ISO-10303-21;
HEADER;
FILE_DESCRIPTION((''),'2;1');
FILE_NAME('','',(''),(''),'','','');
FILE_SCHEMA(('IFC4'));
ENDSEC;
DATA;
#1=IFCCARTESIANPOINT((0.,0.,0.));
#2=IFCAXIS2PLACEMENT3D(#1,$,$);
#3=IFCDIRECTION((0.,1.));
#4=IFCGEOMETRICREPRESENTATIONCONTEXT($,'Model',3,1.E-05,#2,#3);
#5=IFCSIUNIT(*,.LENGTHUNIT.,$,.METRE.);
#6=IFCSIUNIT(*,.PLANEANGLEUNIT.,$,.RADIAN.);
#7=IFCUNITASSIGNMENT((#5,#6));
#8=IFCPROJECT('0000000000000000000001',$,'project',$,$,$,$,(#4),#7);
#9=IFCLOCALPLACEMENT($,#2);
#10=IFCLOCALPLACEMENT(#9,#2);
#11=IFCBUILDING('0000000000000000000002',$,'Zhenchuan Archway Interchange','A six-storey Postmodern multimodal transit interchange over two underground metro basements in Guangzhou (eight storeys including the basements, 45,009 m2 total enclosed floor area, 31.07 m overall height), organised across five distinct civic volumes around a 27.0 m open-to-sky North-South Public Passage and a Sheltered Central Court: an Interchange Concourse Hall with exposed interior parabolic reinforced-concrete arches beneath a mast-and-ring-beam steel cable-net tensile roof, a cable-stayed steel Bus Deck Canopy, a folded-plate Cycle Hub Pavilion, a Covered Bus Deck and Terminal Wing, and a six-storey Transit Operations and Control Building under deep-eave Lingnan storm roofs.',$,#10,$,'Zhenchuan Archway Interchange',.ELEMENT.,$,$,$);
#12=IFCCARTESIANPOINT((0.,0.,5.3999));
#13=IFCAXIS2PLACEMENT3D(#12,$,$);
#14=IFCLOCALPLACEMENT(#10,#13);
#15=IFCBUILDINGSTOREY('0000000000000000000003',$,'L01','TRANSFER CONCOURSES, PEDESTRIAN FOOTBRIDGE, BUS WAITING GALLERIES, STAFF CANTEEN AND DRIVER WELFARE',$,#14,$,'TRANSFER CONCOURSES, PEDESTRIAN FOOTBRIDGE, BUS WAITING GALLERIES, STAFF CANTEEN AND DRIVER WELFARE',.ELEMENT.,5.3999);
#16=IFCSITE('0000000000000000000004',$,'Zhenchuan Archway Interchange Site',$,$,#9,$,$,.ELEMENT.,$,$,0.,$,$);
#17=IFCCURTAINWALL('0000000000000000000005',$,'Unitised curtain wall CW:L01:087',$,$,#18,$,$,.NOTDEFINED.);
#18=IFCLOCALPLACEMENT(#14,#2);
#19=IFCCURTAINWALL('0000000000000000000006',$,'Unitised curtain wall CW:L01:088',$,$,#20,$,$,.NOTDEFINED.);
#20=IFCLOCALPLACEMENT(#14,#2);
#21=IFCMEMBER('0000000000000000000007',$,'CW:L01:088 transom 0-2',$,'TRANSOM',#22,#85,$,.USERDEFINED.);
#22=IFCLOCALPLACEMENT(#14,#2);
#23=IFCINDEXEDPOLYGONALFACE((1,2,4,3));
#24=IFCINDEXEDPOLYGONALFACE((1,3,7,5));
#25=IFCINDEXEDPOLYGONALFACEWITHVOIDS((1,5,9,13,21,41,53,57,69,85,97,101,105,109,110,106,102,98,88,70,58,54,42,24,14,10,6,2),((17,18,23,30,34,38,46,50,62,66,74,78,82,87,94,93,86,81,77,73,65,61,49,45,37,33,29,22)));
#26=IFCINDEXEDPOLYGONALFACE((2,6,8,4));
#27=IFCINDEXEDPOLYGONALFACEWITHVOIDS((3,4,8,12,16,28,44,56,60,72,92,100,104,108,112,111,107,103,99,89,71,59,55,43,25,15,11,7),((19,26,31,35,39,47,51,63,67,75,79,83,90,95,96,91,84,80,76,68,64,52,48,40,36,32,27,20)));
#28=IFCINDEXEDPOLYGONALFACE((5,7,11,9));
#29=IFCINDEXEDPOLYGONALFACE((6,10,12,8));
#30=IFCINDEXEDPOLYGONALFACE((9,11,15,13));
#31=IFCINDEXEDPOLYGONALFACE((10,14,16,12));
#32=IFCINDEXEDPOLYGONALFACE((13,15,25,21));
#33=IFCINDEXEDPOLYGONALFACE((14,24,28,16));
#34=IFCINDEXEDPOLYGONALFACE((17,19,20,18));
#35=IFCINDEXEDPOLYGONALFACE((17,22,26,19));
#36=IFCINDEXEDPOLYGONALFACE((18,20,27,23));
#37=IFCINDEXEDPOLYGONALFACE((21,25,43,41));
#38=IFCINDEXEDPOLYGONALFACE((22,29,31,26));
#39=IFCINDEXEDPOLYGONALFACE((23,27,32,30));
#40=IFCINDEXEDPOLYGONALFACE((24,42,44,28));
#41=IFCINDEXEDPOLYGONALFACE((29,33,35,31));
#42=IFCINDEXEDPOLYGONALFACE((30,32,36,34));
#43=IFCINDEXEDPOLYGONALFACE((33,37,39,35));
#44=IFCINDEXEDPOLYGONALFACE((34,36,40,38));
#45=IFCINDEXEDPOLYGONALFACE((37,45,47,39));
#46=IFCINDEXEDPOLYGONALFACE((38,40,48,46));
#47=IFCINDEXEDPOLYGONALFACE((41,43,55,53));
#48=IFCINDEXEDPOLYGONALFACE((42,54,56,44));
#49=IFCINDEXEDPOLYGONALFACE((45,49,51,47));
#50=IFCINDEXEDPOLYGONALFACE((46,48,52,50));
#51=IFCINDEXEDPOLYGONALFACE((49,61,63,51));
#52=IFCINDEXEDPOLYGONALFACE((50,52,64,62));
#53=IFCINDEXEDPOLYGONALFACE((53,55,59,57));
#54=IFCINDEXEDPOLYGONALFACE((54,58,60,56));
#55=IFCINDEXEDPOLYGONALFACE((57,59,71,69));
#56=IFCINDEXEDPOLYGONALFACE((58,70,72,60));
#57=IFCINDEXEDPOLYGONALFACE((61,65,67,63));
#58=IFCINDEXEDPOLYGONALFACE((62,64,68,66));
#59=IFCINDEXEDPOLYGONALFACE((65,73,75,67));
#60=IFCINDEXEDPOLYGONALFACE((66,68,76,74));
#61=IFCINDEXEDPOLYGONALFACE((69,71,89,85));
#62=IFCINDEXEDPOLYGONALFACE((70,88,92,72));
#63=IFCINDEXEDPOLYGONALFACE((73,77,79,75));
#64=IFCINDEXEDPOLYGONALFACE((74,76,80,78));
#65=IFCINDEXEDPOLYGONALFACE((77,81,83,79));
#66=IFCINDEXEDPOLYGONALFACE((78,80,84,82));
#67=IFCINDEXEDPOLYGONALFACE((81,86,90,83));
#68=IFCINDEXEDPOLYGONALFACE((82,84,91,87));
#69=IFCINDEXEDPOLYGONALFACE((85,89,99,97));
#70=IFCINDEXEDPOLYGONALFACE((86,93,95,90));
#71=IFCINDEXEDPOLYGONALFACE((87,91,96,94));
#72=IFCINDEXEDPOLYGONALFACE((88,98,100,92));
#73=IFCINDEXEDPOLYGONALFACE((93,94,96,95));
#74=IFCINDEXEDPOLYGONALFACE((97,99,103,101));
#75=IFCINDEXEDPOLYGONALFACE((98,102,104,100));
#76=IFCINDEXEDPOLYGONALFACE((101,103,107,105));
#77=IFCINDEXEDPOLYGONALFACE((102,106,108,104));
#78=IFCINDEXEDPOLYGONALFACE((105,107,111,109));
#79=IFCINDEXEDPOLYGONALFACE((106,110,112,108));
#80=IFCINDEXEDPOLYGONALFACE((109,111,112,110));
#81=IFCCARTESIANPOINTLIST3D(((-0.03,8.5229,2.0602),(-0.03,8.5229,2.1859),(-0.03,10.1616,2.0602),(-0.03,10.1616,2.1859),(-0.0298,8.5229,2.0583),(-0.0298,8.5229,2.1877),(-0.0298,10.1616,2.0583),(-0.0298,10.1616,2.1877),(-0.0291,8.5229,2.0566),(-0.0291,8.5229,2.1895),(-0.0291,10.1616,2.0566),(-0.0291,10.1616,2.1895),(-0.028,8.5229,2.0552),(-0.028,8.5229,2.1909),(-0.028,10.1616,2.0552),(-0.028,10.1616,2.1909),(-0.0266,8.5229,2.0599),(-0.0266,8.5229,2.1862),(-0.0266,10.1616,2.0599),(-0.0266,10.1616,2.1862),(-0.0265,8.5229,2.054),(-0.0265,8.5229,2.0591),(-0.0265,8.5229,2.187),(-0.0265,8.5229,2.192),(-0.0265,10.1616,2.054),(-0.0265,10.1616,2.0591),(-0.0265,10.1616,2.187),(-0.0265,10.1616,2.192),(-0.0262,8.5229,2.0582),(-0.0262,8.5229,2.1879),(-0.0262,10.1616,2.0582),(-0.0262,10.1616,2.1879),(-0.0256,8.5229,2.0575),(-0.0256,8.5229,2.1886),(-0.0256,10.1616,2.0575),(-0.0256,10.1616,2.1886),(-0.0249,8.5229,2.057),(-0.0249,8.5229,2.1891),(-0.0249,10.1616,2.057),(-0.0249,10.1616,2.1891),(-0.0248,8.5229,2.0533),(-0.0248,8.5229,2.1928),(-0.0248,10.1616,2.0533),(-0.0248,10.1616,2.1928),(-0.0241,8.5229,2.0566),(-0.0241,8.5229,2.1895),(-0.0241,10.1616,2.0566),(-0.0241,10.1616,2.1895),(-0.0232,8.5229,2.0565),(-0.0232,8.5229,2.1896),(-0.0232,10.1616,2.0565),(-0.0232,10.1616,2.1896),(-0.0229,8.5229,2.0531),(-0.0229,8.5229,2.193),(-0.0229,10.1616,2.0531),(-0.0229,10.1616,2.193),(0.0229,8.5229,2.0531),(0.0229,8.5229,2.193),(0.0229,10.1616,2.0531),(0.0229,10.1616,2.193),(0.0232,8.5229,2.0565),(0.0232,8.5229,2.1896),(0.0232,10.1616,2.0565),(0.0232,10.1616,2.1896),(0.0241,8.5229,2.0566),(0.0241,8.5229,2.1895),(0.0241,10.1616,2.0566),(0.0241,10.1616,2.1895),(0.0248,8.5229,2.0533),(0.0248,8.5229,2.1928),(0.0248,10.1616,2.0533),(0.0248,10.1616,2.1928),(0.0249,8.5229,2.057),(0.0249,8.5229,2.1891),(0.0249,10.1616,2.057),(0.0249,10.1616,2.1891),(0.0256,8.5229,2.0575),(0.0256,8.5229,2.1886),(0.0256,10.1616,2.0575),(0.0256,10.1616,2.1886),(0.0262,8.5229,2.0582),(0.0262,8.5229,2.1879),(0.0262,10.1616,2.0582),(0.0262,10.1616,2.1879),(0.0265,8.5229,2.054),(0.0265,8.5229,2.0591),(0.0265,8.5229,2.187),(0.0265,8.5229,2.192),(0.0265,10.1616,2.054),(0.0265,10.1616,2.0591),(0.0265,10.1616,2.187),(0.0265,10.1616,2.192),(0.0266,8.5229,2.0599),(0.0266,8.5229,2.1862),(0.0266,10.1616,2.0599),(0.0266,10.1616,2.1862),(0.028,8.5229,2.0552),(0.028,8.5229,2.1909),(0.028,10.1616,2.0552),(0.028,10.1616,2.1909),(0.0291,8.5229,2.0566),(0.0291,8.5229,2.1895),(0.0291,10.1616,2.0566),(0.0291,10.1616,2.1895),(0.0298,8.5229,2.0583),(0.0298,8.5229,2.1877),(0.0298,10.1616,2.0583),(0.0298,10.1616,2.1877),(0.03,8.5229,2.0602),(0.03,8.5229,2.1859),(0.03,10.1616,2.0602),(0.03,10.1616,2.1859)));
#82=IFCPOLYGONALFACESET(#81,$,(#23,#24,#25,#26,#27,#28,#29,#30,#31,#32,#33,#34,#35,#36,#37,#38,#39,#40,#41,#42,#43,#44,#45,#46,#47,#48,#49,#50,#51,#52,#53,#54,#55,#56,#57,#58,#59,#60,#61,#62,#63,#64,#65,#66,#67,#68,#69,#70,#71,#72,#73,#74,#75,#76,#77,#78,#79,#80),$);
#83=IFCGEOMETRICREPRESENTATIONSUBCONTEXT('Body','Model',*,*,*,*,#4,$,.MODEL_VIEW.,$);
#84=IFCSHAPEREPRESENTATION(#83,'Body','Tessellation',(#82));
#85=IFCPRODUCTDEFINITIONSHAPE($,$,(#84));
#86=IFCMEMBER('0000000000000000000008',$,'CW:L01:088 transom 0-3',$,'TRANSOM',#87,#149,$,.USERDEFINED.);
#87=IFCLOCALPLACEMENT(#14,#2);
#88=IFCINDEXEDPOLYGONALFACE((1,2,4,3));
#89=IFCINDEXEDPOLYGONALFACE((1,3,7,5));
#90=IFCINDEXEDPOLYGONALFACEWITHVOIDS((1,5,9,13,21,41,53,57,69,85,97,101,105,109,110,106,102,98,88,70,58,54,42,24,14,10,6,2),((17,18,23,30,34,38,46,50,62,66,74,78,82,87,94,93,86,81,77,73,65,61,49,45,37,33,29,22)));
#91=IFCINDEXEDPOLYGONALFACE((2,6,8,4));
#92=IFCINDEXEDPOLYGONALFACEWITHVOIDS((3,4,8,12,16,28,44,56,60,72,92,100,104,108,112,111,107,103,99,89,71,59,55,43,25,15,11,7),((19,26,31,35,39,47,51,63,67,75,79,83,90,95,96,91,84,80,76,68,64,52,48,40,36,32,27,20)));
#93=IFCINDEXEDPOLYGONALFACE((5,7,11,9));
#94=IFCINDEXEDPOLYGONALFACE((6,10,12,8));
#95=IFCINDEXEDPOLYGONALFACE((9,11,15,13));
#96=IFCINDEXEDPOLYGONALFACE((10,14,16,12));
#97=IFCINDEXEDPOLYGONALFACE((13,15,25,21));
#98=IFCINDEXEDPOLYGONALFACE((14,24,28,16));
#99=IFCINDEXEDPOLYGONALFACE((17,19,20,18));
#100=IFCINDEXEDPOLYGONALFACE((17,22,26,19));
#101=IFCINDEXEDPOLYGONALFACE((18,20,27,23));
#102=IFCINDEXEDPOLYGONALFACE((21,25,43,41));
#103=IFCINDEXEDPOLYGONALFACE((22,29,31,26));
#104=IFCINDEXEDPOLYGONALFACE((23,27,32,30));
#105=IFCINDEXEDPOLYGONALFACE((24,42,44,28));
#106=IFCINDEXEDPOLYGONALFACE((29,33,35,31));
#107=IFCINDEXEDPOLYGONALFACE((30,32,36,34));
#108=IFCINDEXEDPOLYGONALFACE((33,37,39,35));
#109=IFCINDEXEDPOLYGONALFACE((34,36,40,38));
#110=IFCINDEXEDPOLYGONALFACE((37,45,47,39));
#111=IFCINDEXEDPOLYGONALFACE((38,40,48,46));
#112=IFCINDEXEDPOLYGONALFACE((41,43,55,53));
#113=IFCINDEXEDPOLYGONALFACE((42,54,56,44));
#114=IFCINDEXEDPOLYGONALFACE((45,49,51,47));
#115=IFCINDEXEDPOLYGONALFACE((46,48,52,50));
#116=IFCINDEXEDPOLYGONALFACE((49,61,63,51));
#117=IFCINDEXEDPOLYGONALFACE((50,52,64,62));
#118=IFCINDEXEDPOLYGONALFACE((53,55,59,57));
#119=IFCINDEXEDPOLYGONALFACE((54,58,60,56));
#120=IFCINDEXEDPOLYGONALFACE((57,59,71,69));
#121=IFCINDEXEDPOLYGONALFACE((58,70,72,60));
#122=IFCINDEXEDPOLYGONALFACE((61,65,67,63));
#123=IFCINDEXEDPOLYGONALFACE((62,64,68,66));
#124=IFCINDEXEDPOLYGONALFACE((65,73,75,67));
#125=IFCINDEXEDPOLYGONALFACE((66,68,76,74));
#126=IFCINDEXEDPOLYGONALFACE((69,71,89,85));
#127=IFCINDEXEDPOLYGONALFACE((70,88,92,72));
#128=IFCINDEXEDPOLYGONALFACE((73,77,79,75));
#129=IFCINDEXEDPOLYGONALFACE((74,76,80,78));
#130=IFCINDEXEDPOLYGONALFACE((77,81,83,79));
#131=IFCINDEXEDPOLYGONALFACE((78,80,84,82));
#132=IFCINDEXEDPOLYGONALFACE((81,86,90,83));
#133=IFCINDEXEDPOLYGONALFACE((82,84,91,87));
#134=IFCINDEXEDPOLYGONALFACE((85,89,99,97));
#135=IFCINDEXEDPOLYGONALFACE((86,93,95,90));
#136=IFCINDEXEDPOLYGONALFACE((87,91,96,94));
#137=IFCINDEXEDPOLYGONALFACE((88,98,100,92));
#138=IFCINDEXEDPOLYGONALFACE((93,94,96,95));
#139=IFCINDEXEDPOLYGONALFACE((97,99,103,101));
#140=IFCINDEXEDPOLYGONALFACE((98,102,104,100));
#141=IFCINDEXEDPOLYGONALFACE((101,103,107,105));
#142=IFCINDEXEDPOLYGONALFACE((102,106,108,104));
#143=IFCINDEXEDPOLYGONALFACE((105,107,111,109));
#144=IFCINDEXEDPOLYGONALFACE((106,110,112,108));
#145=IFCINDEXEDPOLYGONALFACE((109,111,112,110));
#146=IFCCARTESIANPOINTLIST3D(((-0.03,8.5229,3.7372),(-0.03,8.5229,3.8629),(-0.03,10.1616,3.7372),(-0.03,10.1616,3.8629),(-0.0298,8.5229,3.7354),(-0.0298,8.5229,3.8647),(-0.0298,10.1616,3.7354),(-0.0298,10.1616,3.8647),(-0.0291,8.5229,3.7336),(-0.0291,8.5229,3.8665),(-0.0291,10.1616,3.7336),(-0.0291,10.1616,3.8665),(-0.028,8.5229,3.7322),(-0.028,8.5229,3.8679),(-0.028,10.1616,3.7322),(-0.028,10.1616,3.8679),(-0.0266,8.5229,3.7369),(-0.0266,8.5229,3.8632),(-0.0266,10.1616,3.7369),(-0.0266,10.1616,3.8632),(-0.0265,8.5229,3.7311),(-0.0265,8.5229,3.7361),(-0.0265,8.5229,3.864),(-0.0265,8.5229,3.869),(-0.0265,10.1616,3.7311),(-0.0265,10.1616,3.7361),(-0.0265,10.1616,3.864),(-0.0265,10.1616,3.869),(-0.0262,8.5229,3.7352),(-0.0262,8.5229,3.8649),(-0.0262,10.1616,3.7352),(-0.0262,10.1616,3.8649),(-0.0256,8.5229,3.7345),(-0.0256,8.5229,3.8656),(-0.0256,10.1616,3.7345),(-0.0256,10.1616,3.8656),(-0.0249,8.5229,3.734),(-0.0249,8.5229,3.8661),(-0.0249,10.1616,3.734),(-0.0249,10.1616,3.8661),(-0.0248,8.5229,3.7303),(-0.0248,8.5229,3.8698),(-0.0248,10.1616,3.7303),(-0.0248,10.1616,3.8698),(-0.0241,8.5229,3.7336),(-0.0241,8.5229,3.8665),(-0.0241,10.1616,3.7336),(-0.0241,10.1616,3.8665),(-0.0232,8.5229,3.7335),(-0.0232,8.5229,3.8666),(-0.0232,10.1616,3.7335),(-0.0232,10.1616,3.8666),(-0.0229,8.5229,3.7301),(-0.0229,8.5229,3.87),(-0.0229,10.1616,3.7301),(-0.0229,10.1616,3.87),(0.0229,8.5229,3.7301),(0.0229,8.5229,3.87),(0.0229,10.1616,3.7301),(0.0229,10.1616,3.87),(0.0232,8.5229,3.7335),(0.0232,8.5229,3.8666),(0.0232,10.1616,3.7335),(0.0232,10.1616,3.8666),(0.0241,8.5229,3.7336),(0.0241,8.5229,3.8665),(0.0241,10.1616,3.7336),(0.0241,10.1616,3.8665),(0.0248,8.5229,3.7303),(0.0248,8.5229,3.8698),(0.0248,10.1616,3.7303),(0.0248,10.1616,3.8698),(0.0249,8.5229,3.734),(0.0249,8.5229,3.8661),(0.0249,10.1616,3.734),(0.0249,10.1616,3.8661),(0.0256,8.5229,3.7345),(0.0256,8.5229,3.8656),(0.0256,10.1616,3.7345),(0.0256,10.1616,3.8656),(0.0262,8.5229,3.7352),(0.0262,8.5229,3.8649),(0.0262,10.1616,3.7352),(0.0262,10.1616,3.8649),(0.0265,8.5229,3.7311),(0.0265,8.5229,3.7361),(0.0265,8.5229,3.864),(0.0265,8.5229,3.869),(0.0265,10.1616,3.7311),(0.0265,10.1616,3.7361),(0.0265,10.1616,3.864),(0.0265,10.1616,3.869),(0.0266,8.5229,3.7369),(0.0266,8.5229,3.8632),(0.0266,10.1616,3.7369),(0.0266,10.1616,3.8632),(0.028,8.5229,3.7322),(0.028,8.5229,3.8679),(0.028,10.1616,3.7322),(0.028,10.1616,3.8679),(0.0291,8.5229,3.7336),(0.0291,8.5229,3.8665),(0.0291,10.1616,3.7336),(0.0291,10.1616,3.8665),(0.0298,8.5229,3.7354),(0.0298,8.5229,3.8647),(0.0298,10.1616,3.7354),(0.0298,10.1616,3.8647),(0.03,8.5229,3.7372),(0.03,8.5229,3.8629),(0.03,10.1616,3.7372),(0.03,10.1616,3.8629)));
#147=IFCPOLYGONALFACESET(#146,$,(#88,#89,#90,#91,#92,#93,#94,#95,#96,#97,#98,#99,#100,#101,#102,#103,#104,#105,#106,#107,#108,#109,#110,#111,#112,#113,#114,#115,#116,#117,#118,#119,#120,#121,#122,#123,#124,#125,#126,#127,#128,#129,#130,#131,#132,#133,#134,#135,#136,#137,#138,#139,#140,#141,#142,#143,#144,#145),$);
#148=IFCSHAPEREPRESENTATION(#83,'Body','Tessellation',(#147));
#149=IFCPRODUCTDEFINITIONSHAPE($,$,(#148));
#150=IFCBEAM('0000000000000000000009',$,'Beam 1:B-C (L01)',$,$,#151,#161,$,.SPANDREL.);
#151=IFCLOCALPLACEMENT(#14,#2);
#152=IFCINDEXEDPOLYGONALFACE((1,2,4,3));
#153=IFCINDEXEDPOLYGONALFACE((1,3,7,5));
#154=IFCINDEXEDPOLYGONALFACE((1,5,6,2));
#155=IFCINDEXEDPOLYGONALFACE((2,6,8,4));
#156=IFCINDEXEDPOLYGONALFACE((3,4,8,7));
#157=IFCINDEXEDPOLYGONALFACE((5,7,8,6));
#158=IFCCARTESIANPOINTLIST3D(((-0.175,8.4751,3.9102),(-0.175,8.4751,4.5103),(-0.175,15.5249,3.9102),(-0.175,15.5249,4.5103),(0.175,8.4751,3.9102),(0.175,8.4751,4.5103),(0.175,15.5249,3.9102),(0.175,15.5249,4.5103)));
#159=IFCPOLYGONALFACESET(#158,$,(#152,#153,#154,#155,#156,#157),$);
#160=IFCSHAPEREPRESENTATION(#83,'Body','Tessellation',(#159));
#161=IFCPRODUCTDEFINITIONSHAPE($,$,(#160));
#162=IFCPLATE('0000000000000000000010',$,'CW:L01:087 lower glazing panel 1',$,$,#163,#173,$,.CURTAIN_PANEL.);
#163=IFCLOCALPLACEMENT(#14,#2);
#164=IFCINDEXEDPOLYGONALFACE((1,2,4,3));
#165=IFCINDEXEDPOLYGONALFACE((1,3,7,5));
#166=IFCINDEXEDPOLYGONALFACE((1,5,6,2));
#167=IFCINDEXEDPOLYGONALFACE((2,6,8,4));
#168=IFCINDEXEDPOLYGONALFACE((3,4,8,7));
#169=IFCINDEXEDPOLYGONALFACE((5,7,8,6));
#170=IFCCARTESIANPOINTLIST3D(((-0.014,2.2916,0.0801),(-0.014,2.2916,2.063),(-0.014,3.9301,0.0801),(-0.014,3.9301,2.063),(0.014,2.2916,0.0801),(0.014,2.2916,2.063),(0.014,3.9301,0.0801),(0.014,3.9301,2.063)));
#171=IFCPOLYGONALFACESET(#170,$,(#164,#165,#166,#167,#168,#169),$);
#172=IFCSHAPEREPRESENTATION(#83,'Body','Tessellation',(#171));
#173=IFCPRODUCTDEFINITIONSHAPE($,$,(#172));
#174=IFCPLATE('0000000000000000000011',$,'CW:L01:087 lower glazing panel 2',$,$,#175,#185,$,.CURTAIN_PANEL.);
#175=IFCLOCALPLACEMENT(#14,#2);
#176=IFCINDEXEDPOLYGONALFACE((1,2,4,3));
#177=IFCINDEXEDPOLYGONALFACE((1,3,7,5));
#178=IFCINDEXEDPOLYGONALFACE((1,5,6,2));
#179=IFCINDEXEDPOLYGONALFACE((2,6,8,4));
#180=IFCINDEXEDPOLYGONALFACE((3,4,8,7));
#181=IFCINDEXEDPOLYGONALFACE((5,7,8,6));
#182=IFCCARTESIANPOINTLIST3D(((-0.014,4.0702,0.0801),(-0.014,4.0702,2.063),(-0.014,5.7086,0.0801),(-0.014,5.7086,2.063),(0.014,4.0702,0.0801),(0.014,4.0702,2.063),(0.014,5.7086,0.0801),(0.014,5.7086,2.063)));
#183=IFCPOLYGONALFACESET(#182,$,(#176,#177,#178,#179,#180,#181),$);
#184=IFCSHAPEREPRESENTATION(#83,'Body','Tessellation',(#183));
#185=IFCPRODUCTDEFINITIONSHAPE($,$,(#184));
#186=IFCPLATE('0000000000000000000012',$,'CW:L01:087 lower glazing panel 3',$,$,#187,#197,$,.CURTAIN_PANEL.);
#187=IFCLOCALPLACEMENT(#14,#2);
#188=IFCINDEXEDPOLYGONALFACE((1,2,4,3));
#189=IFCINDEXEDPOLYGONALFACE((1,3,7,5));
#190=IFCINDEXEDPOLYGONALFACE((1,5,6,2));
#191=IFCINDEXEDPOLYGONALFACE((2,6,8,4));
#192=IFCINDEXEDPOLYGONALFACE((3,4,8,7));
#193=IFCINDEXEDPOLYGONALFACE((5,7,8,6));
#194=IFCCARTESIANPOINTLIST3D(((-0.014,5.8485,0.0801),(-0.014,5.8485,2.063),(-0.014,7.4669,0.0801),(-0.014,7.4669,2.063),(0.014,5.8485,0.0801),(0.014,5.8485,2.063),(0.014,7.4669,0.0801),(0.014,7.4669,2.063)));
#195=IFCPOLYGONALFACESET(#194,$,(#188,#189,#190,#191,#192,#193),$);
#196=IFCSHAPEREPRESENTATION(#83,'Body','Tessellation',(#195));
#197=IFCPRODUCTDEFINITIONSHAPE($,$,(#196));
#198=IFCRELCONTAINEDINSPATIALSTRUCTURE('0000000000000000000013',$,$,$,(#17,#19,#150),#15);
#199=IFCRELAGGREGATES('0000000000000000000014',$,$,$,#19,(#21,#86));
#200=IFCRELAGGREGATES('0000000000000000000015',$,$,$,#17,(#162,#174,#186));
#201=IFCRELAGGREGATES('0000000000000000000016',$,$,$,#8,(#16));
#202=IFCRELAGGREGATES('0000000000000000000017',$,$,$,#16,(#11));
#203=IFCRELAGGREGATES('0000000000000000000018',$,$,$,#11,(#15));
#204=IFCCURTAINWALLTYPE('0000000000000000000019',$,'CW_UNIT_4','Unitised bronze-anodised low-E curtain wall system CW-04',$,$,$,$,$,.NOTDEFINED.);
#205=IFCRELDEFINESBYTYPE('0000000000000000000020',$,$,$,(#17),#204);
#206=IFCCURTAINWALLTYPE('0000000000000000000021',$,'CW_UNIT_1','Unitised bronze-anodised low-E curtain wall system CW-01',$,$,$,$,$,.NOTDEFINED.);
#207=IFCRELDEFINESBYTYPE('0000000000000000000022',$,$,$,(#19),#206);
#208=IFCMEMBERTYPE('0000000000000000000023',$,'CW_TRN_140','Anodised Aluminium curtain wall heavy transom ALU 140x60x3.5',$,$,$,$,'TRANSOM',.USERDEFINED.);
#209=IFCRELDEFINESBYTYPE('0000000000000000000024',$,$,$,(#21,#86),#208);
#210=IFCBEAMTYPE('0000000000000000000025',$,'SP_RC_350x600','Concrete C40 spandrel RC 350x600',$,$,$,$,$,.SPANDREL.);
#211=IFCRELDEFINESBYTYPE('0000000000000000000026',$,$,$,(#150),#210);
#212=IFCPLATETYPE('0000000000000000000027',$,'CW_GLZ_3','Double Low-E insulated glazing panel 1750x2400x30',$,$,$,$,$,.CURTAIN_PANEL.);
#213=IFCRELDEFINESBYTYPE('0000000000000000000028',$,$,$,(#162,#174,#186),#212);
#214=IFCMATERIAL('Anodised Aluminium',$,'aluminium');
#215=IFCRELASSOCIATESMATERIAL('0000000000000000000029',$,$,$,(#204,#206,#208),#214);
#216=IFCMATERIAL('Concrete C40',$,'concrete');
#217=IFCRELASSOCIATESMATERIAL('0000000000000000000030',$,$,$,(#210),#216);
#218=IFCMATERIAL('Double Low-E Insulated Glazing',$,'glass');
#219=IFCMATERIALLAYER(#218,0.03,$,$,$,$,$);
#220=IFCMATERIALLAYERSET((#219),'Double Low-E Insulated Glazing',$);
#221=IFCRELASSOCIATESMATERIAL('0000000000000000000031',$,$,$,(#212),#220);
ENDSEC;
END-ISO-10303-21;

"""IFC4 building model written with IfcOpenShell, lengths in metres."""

from ifc_helpers import new_model, si_unit, direction, frame, origin, origin_2d, place, context, subcontext, project, spatial, rectangle, hollow_rectangle, extrude, material, layer, layer_set, material_profile, profile_set, type_object, element, aggregate, save


model = new_model("IFC4")

# Units and contexts
model_context = context("Model", 3, precision=1e-05, world=origin(), true_north=direction((0.0, 1.0)))
body_context = subcontext(model_context, "Body", "Model", "MODEL_VIEW")
ifc_project = project(units=[si_unit("LENGTHUNIT", "METRE"), si_unit("PLANEANGLEUNIT", "RADIAN")], contexts=[model_context])

# Site, building, storey
site_placement = place(None, origin())
site = spatial("IfcSite", under=ifc_project, at=site_placement, Name="Zhenchuan Archway Interchange Site", CompositionType="ELEMENT", RefElevation=0.0)
building_placement = place(site_placement, origin())
building = spatial("IfcBuilding", under=site, at=building_placement, Name="Zhenchuan Archway Interchange", Description="A six-storey Postmodern multimodal transit interchange over two underground metro basements in Guangzhou (eight storeys including the basements, 45,009 m2 total enclosed floor area, 31.07 m overall height), organised across five distinct civic volumes around a 27.0 m open-to-sky North-South Public Passage and a Sheltered Central Court: an Interchange Concourse Hall with exposed interior parabolic reinforced-concrete arches beneath a mast-and-ring-beam steel cable-net tensile roof, a cable-stayed steel Bus Deck Canopy, a folded-plate Cycle Hub Pavilion, a Covered Bus Deck and Terminal Wing, and a six-storey Transit Operations and Control Building under deep-eave Lingnan storm roofs.", LongName="Zhenchuan Archway Interchange", CompositionType="ELEMENT")
storey_placement = place(building_placement, frame((0.0, 0.0, 5.3999)))
storey = spatial("IfcBuildingStorey", under=building, at=storey_placement, Name="L01", Description="TRANSFER CONCOURSES, PEDESTRIAN FOOTBRIDGE, BUS WAITING GALLERIES, STAFF CANTEEN AND DRIVER WELFARE", LongName="TRANSFER CONCOURSES, PEDESTRIAN FOOTBRIDGE, BUS WAITING GALLERIES, STAFF CANTEEN AND DRIVER WELFARE", CompositionType="ELEMENT", Elevation=5.3999)

# Shared definitions
ifc_material_1 = material(Name="Concrete C40", Category="concrete")

# Curtain wall
ifc_material_2 = material(Name="Anodised Aluminium", Category="aluminium")
curtain_wall_type_1 = type_object("IfcCurtainWallType", Name="CW_UNIT_4", Description="Unitised bronze-anodised low-E curtain wall system CW-04", PredefinedType="NOTDEFINED", material=ifc_material_2)
curtain_wall_1_placement = place(storey_placement, origin())
curtain_wall_1 = element("IfcCurtainWall", 1, at=curtain_wall_1_placement, inside=storey, type_object=curtain_wall_type_1, Name="Unitised curtain wall CW:L01:087", PredefinedType="NOTDEFINED")

# Curtain wall
curtain_wall_type_2 = type_object("IfcCurtainWallType", Name="CW_UNIT_1", Description="Unitised bronze-anodised low-E curtain wall system CW-01", PredefinedType="NOTDEFINED", material=ifc_material_2)
curtain_wall_2_placement = place(storey_placement, origin())
curtain_wall_2 = element("IfcCurtainWall", 2, at=curtain_wall_2_placement, inside=storey, type_object=curtain_wall_type_2, Name="Unitised curtain wall CW:L01:088", PredefinedType="NOTDEFINED")

# Members
ifc_material_profile_1 = material_profile(ifc_material_2, hollow_rectangle(XDim=0.0601, YDim=0.1399, WallThickness=0.0034, InnerFilletRadius=0.0034, OuterFilletRadius=0.0071, at=origin_2d()), Name="ALU 140x60x3.5")
ifc_profile_set_1 = profile_set([ifc_material_profile_1], Name="Anodised Aluminium")
member_type_1 = type_object("IfcMemberType", Name="CW_TRN_140", Description="Anodised Aluminium curtain wall heavy transom ALU 140x60x3.5", ElementType="TRANSOM", PredefinedType="USERDEFINED", material=ifc_profile_set_1)
member_1_placement = place(storey_placement, frame((0.0, 8.5229, 2.123), z_axis=(0.0, 1.0, 0.0), x_axis=(-1.0, 0.0, 0.0)))
member_1 = element("IfcMember", 3, at=member_1_placement, type_object=member_type_1, Name="CW:L01:088 transom 0-2", ObjectType="TRANSOM", PredefinedType="USERDEFINED", context=body_context, shape_type="SweptSolid", body=[
    extrude(hollow_rectangle(XDim=0.0601, YDim=0.1399, WallThickness=0.0034, InnerFilletRadius=0.0034, OuterFilletRadius=0.0071, at=origin_2d()), origin(), (0.0, 0.0, 1.0), 1.6387),
])
member_2_placement = place(storey_placement, frame((0.0, 8.5229, 3.8), z_axis=(0.0, 1.0, 0.0), x_axis=(-1.0, 0.0, 0.0)))
member_2 = element("IfcMember", 4, at=member_2_placement, type_object=member_type_1, Name="CW:L01:088 transom 0-3", ObjectType="TRANSOM", PredefinedType="USERDEFINED", context=body_context, shape_type="SweptSolid", body=[
    extrude(hollow_rectangle(XDim=0.0601, YDim=0.1399, WallThickness=0.0034, InnerFilletRadius=0.0034, OuterFilletRadius=0.0071, at=origin_2d()), origin(), (0.0, 0.0, 1.0), 1.6387),
])
aggregate(curtain_wall_2, [member_1, member_2])

# Beam
ifc_material_profile_2 = material_profile(ifc_material_1, rectangle(XDim=0.3501, YDim=0.6001, at=origin_2d()), Name="RC 350x600")
ifc_profile_set_2 = profile_set([ifc_material_profile_2], Name="Concrete C40")
beam_type_1 = type_object("IfcBeamType", Name="SP_RC_350x600", Description="Concrete C40 spandrel RC 350x600", PredefinedType="SPANDREL", material=ifc_profile_set_2)
beam_1_placement = place(storey_placement, frame((0.0, 8.4751, 4.2102), z_axis=(0.0, 1.0, 0.0), x_axis=(-1.0, 0.0, 0.0)))
element("IfcBeam", 5, at=beam_1_placement, inside=storey, type_object=beam_type_1, Name="Beam 1:B-C (L01)", PredefinedType="SPANDREL", context=body_context, shape_type="SweptSolid", body=[
    extrude(rectangle(XDim=0.3501, YDim=0.6001, at=origin_2d()), origin(), (0.0, 0.0, 1.0), 7.0498),
])

# Plates
ifc_material_3 = material(Name="Double Low-E Insulated Glazing", Category="glass")
ifc_layer_1 = layer(ifc_material_3, 0.03)
ifc_layer_set_1 = layer_set([ifc_layer_1], Name="Double Low-E Insulated Glazing")
plate_type_1 = type_object("IfcPlateType", Name="CW_GLZ_3", Description="Double Low-E insulated glazing panel 1750x2400x30", PredefinedType="CURTAIN_PANEL", material=ifc_layer_set_1)
plate_1_placement = place(storey_placement, frame((0.0, 3.1108, 0.0801), z_axis=(0.0, 0.0, 1.0), x_axis=(0.0, 1.0, 0.0)))
plate_1 = element("IfcPlate", 6, at=plate_1_placement, type_object=plate_type_1, Name="CW:L01:087 lower glazing panel 1", PredefinedType="CURTAIN_PANEL", context=body_context, shape_type="SweptSolid", body=[
    extrude(rectangle(XDim=1.6384, YDim=0.0281, at=origin_2d()), origin(), (0.0, 0.0, 1.0), 1.9829),
])
plate_2_placement = place(storey_placement, frame((0.0, 4.8894, 0.0801), z_axis=(0.0, 0.0, 1.0), x_axis=(0.0, 1.0, 0.0)))
plate_2 = element("IfcPlate", 7, at=plate_2_placement, type_object=plate_type_1, Name="CW:L01:087 lower glazing panel 2", PredefinedType="CURTAIN_PANEL", context=body_context, shape_type="SweptSolid", body=[
    extrude(rectangle(XDim=1.6384, YDim=0.0281, at=origin_2d()), origin(), (0.0, 0.0, 1.0), 1.9829),
])
plate_3_placement = place(storey_placement, frame((0.0, 6.6577, 0.0801), z_axis=(0.0, 0.0, 1.0), x_axis=(0.0, 1.0, 0.0)))
plate_3 = element("IfcPlate", 8, at=plate_3_placement, type_object=plate_type_1, Name="CW:L01:087 lower glazing panel 3", PredefinedType="CURTAIN_PANEL", context=body_context, shape_type="SweptSolid", body=[
    extrude(rectangle(XDim=1.6184, YDim=0.0281, at=origin_2d()), origin(), (0.0, 0.0, 1.0), 1.9829),
])
aggregate(curtain_wall_1, [plate_1, plate_2, plate_3])

save(model, "model.ifc")
